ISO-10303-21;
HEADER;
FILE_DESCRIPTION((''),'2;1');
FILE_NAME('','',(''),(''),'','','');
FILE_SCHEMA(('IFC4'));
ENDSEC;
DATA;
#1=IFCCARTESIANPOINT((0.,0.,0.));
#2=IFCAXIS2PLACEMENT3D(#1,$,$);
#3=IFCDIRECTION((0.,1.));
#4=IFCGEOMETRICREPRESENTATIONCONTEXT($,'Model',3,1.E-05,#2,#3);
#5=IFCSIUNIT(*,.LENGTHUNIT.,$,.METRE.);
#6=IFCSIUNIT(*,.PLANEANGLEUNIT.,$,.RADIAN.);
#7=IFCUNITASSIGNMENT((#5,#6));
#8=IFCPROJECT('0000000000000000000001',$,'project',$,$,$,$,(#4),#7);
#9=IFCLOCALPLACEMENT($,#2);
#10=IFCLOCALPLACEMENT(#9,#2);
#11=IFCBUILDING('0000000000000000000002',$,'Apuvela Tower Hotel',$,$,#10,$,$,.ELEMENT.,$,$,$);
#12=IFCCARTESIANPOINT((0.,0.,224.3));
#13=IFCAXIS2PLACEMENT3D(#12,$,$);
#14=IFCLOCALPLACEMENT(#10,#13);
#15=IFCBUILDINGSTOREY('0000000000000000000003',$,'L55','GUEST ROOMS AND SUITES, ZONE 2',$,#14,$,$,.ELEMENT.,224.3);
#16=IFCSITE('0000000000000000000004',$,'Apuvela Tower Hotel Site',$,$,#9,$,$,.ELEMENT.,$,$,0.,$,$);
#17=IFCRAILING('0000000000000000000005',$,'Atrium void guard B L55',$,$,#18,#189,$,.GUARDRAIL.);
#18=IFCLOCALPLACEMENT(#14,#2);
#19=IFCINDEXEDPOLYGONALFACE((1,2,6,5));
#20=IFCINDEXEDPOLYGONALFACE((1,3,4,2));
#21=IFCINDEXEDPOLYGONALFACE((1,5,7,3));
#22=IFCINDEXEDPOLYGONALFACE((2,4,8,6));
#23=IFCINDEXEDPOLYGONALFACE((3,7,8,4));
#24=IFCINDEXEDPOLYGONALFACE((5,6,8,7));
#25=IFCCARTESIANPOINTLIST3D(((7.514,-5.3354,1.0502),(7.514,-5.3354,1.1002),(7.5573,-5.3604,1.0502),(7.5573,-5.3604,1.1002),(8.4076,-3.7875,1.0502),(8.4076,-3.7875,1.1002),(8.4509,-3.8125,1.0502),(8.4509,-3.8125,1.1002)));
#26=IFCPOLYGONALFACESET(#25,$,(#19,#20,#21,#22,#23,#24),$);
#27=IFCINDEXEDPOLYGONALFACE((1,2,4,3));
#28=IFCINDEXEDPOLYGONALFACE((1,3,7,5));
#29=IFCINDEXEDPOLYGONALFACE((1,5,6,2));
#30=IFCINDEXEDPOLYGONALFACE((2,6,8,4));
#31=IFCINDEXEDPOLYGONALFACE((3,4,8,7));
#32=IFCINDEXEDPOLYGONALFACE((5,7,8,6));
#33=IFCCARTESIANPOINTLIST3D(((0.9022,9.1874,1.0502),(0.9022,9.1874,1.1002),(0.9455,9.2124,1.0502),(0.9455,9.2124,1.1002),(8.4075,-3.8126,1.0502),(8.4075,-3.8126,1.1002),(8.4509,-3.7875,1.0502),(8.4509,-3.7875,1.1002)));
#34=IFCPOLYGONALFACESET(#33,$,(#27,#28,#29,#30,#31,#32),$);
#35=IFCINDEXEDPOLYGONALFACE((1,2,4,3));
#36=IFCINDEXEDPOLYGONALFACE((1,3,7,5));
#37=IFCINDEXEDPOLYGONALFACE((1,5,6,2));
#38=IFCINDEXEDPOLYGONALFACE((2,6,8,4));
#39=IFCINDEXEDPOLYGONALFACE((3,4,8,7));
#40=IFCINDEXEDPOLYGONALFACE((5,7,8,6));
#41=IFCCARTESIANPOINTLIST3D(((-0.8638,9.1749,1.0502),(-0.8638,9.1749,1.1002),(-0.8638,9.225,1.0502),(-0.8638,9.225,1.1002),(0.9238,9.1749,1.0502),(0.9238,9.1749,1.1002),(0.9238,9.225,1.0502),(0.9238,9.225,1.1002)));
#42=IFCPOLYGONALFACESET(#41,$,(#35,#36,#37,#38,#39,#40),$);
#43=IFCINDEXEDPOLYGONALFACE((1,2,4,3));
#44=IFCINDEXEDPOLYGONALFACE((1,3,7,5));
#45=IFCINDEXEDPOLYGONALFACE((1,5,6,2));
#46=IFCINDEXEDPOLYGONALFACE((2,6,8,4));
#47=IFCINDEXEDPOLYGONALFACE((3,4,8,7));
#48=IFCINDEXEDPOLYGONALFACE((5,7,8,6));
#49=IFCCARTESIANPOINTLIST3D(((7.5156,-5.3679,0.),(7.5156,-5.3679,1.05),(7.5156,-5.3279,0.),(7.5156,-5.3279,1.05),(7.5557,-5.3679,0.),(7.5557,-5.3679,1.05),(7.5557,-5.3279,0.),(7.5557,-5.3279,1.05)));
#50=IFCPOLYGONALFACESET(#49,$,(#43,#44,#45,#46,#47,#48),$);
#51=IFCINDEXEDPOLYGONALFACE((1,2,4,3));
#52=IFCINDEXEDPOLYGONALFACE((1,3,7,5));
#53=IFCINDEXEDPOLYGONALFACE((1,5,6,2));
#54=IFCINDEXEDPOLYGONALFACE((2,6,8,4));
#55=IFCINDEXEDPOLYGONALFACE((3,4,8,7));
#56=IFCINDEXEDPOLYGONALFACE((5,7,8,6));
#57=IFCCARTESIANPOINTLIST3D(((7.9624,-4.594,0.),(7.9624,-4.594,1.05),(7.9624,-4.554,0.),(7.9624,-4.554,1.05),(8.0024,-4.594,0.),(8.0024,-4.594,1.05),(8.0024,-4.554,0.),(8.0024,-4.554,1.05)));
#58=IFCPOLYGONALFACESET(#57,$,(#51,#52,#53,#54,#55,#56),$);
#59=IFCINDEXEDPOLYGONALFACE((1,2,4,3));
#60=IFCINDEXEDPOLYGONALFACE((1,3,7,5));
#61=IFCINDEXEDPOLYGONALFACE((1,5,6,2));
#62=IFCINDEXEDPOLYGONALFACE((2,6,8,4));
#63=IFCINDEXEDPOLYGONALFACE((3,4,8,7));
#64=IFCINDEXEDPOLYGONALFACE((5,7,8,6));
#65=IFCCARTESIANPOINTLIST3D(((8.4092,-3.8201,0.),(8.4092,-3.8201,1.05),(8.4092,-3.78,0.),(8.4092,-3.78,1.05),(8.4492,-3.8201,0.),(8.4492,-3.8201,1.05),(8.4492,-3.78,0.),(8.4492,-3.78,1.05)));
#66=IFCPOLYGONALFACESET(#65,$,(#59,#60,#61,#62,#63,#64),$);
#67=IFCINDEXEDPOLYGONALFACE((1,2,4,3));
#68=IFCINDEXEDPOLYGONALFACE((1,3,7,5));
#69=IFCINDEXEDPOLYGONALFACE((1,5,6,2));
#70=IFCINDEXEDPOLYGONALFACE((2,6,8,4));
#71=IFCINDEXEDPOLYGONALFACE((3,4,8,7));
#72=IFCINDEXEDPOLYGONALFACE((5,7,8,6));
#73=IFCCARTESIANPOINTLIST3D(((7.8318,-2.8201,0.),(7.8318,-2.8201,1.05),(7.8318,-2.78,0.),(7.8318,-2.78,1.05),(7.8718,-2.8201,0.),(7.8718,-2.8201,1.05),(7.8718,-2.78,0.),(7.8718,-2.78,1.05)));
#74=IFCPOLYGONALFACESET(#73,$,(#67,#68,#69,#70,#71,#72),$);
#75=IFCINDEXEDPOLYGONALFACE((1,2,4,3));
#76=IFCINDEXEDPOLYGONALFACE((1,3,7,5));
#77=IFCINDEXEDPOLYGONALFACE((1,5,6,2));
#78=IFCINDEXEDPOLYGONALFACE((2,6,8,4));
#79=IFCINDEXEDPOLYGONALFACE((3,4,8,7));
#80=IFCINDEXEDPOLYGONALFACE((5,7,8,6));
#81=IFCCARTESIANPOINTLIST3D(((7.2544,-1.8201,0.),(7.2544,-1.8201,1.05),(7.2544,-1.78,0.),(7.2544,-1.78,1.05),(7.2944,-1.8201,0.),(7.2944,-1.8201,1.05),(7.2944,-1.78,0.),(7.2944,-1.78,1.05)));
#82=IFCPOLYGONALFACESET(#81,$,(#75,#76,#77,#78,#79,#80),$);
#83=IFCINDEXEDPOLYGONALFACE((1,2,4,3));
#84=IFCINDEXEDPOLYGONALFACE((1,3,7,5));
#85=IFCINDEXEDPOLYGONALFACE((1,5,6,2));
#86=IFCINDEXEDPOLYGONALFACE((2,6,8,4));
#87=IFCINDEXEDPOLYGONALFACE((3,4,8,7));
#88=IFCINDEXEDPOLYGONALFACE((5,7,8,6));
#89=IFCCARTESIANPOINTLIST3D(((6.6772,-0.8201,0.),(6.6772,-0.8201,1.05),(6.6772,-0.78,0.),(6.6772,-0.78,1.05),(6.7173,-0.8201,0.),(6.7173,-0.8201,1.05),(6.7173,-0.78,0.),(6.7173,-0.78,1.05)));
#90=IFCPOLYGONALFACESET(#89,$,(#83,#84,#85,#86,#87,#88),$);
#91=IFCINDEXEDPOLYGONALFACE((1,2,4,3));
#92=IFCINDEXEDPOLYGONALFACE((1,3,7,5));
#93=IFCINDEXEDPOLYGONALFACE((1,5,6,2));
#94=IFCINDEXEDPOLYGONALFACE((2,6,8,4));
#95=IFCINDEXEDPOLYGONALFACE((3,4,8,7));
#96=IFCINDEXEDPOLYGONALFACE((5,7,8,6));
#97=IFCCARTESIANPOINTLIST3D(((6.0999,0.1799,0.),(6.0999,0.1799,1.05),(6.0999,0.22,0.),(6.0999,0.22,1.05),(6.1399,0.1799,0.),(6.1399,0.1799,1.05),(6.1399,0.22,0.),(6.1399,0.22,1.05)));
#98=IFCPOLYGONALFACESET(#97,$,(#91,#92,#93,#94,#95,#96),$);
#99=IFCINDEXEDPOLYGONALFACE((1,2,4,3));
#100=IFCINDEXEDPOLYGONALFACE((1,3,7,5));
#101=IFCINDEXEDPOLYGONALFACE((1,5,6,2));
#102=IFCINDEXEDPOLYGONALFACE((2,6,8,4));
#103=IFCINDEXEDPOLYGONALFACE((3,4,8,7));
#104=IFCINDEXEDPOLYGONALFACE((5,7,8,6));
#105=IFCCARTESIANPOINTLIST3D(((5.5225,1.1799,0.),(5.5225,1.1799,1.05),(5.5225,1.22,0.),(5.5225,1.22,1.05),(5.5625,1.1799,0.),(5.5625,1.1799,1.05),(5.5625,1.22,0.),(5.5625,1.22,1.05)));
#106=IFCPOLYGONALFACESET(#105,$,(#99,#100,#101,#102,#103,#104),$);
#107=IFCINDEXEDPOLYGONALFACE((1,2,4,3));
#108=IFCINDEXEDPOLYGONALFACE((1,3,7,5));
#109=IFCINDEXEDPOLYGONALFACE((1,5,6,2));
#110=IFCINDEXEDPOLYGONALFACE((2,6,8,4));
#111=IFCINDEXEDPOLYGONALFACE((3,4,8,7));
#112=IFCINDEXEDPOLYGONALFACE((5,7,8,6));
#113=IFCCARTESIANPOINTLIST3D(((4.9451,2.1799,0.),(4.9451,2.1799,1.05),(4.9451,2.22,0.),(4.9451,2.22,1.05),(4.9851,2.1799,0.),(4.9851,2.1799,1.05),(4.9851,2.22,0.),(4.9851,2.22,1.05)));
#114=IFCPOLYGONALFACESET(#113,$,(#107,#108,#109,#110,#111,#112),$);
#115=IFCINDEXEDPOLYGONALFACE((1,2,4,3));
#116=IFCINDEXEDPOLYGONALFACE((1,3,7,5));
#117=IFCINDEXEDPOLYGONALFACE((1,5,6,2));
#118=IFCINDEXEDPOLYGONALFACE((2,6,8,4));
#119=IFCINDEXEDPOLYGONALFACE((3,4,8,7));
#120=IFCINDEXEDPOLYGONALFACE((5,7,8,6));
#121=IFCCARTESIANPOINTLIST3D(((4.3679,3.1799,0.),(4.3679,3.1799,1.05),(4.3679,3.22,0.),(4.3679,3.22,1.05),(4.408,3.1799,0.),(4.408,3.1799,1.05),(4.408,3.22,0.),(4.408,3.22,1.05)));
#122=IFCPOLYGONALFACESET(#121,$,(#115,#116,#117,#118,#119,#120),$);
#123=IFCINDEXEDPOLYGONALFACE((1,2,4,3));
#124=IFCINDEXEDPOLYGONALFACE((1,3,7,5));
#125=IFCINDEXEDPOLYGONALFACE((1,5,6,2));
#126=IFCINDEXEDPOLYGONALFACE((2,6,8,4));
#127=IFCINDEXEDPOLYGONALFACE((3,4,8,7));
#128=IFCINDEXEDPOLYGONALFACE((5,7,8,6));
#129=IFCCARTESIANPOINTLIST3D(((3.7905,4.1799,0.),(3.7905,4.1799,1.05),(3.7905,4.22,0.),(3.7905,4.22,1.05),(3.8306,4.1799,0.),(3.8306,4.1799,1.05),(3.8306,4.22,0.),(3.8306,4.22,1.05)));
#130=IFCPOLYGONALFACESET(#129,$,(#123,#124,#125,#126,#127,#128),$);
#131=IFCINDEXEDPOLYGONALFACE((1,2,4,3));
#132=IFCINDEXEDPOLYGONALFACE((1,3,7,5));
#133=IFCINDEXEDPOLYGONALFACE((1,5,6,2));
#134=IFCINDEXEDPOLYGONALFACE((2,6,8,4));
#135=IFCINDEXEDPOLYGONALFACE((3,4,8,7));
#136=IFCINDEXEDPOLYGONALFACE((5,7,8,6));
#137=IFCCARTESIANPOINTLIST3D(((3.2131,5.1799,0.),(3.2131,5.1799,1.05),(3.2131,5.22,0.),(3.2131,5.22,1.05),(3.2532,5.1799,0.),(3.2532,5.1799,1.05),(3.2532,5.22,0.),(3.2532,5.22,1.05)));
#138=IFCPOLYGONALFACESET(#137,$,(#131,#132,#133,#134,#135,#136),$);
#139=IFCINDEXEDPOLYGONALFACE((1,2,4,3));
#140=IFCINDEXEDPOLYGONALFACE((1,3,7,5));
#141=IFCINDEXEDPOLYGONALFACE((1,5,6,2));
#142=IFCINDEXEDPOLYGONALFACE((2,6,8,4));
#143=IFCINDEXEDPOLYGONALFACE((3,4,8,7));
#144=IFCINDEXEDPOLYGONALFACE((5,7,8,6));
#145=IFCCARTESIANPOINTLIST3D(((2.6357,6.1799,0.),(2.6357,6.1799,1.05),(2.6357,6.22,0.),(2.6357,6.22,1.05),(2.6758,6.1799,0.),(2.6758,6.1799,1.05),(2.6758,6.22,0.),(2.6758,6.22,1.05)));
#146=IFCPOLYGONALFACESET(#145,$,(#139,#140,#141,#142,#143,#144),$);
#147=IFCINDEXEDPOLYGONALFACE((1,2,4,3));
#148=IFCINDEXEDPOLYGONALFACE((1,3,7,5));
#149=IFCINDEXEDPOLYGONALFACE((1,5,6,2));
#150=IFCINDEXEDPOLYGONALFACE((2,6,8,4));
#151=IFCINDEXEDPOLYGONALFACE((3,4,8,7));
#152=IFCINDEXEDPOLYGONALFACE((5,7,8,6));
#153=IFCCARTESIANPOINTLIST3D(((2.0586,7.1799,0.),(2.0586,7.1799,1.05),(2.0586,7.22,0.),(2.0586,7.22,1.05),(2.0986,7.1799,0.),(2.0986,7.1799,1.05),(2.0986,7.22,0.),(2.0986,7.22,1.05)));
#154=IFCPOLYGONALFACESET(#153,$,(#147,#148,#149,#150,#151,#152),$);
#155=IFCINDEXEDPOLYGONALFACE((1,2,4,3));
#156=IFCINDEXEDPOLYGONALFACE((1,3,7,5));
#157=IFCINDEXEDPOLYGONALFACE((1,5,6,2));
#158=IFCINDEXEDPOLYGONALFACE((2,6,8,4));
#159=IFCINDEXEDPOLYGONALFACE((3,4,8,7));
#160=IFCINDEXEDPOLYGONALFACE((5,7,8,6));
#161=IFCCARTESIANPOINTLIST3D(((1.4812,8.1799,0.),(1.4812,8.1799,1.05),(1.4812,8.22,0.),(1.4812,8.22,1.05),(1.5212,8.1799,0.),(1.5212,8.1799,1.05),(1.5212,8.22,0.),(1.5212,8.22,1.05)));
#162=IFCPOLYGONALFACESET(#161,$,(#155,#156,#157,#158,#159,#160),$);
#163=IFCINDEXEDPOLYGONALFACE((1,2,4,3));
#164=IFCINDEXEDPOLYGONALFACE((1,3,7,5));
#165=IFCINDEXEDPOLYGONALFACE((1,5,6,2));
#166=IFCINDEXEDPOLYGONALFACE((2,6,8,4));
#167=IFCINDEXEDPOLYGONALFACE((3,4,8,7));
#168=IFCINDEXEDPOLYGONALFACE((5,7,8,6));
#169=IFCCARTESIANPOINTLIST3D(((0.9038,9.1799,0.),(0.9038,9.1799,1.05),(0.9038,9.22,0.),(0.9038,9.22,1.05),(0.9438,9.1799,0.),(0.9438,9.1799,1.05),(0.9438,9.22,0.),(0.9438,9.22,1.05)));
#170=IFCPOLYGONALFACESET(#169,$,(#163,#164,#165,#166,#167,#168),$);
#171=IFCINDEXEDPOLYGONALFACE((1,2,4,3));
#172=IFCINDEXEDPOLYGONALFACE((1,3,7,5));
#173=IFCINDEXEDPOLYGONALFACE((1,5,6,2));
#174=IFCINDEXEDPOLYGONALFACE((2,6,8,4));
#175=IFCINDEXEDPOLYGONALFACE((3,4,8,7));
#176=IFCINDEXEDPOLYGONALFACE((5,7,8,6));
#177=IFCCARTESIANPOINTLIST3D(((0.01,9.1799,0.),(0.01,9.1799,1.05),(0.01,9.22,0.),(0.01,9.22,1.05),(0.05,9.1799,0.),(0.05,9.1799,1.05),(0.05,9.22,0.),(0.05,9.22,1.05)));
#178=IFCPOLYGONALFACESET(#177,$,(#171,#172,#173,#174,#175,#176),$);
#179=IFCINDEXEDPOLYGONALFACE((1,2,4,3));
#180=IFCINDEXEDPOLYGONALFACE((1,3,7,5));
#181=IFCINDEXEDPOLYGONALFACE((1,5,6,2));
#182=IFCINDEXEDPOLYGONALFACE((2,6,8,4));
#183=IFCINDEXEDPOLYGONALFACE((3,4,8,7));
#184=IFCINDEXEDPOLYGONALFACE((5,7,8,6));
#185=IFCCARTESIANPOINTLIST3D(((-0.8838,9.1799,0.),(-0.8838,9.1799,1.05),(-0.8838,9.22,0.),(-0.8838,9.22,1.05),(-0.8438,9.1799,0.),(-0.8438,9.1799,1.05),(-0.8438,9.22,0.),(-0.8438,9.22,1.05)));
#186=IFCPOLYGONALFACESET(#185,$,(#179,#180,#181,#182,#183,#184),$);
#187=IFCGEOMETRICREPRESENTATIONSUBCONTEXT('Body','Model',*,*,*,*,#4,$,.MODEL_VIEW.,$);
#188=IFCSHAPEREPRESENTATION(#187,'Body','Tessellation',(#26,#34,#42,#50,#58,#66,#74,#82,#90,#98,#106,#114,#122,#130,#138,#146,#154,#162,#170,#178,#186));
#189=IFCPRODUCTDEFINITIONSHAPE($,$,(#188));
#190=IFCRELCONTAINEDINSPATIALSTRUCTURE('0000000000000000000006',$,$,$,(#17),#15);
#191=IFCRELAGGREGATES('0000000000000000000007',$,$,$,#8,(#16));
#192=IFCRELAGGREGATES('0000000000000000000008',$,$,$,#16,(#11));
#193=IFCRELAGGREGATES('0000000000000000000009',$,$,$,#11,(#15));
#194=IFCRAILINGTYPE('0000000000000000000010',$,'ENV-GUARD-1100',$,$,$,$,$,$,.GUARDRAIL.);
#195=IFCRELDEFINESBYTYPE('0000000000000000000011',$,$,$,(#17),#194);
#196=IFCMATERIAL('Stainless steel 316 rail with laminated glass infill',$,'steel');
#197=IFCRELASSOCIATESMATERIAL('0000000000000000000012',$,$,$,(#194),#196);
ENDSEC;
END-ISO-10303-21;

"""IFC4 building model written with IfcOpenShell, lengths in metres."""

from ifc_helpers import new_model, si_unit, direction, frame, origin, origin_2d, place, context, subcontext, project, spatial, rectangle, extrude, material, type_object, element, save


model = new_model("IFC4")

# Units and contexts
model_context = context("Model", 3, precision=1e-05, world=origin(), true_north=direction((0.0, 1.0)))
body_context = subcontext(model_context, "Body", "Model", "MODEL_VIEW")
ifc_project = project(units=[si_unit("LENGTHUNIT", "METRE"), si_unit("PLANEANGLEUNIT", "RADIAN")], contexts=[model_context])

# Site, building, storey
site_placement = place(None, origin())
site = spatial("IfcSite", under=ifc_project, at=site_placement, Name="Apuvela Tower Hotel Site", CompositionType="ELEMENT", RefElevation=0.0)
building_placement = place(site_placement, origin())
building = spatial("IfcBuilding", under=site, at=building_placement, Name="Apuvela Tower Hotel", CompositionType="ELEMENT")
storey_placement = place(building_placement, frame((0.0, 0.0, 224.3)))
storey = spatial("IfcBuildingStorey", under=building, at=storey_placement, Name="L55", Description="GUEST ROOMS AND SUITES, ZONE 2", CompositionType="ELEMENT", Elevation=224.3)

# Railing
ifc_material_1 = material(Name="Stainless steel 316 rail with laminated glass infill", Category="steel")
railing_type = type_object("IfcRailingType", Name="ENV-GUARD-1100", PredefinedType="GUARDRAIL", material=ifc_material_1)
railing_placement = place(storey_placement, frame((7.5356, -5.3479, 0.0)))
element("IfcRailing", 1, at=railing_placement, inside=storey, type_object=railing_type, Name="Atrium void guard B L55", PredefinedType="GUARDRAIL", context=body_context, shape_type="SweptSolid", body=[
    extrude(rectangle(XDim=0.05, YDim=0.05, at=origin_2d()), frame((0.0, 0.0, 1.0752), z_axis=(0.499959, 0.866049, 0.0), x_axis=(-0.866049, 0.499959, 0.0)), (0.0, 0.0, 1.0), 1.7874),
    extrude(rectangle(XDim=0.05, YDim=0.05, at=origin_2d()), frame((0.8936, 1.5479, 1.0752), z_axis=(-0.499991, 0.866031, 0.0), x_axis=(-0.866031, -0.499991, 0.0)), (0.0, 0.0, 1.0), 15.011),
    extrude(rectangle(XDim=0.05, YDim=0.05, at=origin_2d()), frame((-6.6118, 14.5479, 1.0752), z_axis=(-1.0, 0.0, 0.0), x_axis=(0.0, -1.0, 0.0)), (0.0, 0.0, 1.0), 1.7876),
    extrude(rectangle(XDim=0.04, YDim=0.04, at=origin_2d()), origin(), (0.0, 0.0, 1.0), 1.05),
    extrude(rectangle(XDim=0.04, YDim=0.04, at=origin_2d()), frame((0.4468, 0.7739, 0.0)), (0.0, 0.0, 1.0), 1.05),
    extrude(rectangle(XDim=0.04, YDim=0.04, at=origin_2d()), frame((0.8936, 1.5479, 0.0)), (0.0, 0.0, 1.0), 1.05),
    extrude(rectangle(XDim=0.04, YDim=0.04, at=origin_2d()), frame((0.3162, 2.5479, 0.0)), (0.0, 0.0, 1.0), 1.05),
    extrude(rectangle(XDim=0.04, YDim=0.04, at=origin_2d()), frame((-0.2612, 3.5479, 0.0)), (0.0, 0.0, 1.0), 1.05),
    extrude(rectangle(XDim=0.04, YDim=0.04, at=origin_2d()), frame((-0.8384, 4.5479, 0.0)), (0.0, 0.0, 1.0), 1.05),
    extrude(rectangle(XDim=0.04, YDim=0.04, at=origin_2d()), frame((-1.4158, 5.5479, 0.0)), (0.0, 0.0, 1.0), 1.05),
    extrude(rectangle(XDim=0.04, YDim=0.04, at=origin_2d()), frame((-1.9932, 6.5479, 0.0)), (0.0, 0.0, 1.0), 1.05),
    extrude(rectangle(XDim=0.04, YDim=0.04, at=origin_2d()), frame((-2.5706, 7.5479, 0.0)), (0.0, 0.0, 1.0), 1.05),
    extrude(rectangle(XDim=0.04, YDim=0.04, at=origin_2d()), frame((-3.1477, 8.5479, 0.0)), (0.0, 0.0, 1.0), 1.05),
    extrude(rectangle(XDim=0.04, YDim=0.04, at=origin_2d()), frame((-3.7251, 9.5479, 0.0)), (0.0, 0.0, 1.0), 1.05),
    extrude(rectangle(XDim=0.04, YDim=0.04, at=origin_2d()), frame((-4.3025, 10.5479, 0.0)), (0.0, 0.0, 1.0), 1.05),
    extrude(rectangle(XDim=0.04, YDim=0.04, at=origin_2d()), frame((-4.8799, 11.5479, 0.0)), (0.0, 0.0, 1.0), 1.05),
    extrude(rectangle(XDim=0.04, YDim=0.04, at=origin_2d()), frame((-5.457, 12.5479, 0.0)), (0.0, 0.0, 1.0), 1.05),
    extrude(rectangle(XDim=0.04, YDim=0.04, at=origin_2d()), frame((-6.0344, 13.5479, 0.0)), (0.0, 0.0, 1.0), 1.05),
    extrude(rectangle(XDim=0.04, YDim=0.04, at=origin_2d()), frame((-6.6118, 14.5479, 0.0)), (0.0, 0.0, 1.0), 1.05),
    extrude(rectangle(XDim=0.04, YDim=0.04, at=origin_2d()), frame((-7.5056, 14.5479, 0.0)), (0.0, 0.0, 1.0), 1.05),
    extrude(rectangle(XDim=0.04, YDim=0.04, at=origin_2d()), frame((-8.3994, 14.5479, 0.0)), (0.0, 0.0, 1.0), 1.05),
])

save(model, "model.ifc")
